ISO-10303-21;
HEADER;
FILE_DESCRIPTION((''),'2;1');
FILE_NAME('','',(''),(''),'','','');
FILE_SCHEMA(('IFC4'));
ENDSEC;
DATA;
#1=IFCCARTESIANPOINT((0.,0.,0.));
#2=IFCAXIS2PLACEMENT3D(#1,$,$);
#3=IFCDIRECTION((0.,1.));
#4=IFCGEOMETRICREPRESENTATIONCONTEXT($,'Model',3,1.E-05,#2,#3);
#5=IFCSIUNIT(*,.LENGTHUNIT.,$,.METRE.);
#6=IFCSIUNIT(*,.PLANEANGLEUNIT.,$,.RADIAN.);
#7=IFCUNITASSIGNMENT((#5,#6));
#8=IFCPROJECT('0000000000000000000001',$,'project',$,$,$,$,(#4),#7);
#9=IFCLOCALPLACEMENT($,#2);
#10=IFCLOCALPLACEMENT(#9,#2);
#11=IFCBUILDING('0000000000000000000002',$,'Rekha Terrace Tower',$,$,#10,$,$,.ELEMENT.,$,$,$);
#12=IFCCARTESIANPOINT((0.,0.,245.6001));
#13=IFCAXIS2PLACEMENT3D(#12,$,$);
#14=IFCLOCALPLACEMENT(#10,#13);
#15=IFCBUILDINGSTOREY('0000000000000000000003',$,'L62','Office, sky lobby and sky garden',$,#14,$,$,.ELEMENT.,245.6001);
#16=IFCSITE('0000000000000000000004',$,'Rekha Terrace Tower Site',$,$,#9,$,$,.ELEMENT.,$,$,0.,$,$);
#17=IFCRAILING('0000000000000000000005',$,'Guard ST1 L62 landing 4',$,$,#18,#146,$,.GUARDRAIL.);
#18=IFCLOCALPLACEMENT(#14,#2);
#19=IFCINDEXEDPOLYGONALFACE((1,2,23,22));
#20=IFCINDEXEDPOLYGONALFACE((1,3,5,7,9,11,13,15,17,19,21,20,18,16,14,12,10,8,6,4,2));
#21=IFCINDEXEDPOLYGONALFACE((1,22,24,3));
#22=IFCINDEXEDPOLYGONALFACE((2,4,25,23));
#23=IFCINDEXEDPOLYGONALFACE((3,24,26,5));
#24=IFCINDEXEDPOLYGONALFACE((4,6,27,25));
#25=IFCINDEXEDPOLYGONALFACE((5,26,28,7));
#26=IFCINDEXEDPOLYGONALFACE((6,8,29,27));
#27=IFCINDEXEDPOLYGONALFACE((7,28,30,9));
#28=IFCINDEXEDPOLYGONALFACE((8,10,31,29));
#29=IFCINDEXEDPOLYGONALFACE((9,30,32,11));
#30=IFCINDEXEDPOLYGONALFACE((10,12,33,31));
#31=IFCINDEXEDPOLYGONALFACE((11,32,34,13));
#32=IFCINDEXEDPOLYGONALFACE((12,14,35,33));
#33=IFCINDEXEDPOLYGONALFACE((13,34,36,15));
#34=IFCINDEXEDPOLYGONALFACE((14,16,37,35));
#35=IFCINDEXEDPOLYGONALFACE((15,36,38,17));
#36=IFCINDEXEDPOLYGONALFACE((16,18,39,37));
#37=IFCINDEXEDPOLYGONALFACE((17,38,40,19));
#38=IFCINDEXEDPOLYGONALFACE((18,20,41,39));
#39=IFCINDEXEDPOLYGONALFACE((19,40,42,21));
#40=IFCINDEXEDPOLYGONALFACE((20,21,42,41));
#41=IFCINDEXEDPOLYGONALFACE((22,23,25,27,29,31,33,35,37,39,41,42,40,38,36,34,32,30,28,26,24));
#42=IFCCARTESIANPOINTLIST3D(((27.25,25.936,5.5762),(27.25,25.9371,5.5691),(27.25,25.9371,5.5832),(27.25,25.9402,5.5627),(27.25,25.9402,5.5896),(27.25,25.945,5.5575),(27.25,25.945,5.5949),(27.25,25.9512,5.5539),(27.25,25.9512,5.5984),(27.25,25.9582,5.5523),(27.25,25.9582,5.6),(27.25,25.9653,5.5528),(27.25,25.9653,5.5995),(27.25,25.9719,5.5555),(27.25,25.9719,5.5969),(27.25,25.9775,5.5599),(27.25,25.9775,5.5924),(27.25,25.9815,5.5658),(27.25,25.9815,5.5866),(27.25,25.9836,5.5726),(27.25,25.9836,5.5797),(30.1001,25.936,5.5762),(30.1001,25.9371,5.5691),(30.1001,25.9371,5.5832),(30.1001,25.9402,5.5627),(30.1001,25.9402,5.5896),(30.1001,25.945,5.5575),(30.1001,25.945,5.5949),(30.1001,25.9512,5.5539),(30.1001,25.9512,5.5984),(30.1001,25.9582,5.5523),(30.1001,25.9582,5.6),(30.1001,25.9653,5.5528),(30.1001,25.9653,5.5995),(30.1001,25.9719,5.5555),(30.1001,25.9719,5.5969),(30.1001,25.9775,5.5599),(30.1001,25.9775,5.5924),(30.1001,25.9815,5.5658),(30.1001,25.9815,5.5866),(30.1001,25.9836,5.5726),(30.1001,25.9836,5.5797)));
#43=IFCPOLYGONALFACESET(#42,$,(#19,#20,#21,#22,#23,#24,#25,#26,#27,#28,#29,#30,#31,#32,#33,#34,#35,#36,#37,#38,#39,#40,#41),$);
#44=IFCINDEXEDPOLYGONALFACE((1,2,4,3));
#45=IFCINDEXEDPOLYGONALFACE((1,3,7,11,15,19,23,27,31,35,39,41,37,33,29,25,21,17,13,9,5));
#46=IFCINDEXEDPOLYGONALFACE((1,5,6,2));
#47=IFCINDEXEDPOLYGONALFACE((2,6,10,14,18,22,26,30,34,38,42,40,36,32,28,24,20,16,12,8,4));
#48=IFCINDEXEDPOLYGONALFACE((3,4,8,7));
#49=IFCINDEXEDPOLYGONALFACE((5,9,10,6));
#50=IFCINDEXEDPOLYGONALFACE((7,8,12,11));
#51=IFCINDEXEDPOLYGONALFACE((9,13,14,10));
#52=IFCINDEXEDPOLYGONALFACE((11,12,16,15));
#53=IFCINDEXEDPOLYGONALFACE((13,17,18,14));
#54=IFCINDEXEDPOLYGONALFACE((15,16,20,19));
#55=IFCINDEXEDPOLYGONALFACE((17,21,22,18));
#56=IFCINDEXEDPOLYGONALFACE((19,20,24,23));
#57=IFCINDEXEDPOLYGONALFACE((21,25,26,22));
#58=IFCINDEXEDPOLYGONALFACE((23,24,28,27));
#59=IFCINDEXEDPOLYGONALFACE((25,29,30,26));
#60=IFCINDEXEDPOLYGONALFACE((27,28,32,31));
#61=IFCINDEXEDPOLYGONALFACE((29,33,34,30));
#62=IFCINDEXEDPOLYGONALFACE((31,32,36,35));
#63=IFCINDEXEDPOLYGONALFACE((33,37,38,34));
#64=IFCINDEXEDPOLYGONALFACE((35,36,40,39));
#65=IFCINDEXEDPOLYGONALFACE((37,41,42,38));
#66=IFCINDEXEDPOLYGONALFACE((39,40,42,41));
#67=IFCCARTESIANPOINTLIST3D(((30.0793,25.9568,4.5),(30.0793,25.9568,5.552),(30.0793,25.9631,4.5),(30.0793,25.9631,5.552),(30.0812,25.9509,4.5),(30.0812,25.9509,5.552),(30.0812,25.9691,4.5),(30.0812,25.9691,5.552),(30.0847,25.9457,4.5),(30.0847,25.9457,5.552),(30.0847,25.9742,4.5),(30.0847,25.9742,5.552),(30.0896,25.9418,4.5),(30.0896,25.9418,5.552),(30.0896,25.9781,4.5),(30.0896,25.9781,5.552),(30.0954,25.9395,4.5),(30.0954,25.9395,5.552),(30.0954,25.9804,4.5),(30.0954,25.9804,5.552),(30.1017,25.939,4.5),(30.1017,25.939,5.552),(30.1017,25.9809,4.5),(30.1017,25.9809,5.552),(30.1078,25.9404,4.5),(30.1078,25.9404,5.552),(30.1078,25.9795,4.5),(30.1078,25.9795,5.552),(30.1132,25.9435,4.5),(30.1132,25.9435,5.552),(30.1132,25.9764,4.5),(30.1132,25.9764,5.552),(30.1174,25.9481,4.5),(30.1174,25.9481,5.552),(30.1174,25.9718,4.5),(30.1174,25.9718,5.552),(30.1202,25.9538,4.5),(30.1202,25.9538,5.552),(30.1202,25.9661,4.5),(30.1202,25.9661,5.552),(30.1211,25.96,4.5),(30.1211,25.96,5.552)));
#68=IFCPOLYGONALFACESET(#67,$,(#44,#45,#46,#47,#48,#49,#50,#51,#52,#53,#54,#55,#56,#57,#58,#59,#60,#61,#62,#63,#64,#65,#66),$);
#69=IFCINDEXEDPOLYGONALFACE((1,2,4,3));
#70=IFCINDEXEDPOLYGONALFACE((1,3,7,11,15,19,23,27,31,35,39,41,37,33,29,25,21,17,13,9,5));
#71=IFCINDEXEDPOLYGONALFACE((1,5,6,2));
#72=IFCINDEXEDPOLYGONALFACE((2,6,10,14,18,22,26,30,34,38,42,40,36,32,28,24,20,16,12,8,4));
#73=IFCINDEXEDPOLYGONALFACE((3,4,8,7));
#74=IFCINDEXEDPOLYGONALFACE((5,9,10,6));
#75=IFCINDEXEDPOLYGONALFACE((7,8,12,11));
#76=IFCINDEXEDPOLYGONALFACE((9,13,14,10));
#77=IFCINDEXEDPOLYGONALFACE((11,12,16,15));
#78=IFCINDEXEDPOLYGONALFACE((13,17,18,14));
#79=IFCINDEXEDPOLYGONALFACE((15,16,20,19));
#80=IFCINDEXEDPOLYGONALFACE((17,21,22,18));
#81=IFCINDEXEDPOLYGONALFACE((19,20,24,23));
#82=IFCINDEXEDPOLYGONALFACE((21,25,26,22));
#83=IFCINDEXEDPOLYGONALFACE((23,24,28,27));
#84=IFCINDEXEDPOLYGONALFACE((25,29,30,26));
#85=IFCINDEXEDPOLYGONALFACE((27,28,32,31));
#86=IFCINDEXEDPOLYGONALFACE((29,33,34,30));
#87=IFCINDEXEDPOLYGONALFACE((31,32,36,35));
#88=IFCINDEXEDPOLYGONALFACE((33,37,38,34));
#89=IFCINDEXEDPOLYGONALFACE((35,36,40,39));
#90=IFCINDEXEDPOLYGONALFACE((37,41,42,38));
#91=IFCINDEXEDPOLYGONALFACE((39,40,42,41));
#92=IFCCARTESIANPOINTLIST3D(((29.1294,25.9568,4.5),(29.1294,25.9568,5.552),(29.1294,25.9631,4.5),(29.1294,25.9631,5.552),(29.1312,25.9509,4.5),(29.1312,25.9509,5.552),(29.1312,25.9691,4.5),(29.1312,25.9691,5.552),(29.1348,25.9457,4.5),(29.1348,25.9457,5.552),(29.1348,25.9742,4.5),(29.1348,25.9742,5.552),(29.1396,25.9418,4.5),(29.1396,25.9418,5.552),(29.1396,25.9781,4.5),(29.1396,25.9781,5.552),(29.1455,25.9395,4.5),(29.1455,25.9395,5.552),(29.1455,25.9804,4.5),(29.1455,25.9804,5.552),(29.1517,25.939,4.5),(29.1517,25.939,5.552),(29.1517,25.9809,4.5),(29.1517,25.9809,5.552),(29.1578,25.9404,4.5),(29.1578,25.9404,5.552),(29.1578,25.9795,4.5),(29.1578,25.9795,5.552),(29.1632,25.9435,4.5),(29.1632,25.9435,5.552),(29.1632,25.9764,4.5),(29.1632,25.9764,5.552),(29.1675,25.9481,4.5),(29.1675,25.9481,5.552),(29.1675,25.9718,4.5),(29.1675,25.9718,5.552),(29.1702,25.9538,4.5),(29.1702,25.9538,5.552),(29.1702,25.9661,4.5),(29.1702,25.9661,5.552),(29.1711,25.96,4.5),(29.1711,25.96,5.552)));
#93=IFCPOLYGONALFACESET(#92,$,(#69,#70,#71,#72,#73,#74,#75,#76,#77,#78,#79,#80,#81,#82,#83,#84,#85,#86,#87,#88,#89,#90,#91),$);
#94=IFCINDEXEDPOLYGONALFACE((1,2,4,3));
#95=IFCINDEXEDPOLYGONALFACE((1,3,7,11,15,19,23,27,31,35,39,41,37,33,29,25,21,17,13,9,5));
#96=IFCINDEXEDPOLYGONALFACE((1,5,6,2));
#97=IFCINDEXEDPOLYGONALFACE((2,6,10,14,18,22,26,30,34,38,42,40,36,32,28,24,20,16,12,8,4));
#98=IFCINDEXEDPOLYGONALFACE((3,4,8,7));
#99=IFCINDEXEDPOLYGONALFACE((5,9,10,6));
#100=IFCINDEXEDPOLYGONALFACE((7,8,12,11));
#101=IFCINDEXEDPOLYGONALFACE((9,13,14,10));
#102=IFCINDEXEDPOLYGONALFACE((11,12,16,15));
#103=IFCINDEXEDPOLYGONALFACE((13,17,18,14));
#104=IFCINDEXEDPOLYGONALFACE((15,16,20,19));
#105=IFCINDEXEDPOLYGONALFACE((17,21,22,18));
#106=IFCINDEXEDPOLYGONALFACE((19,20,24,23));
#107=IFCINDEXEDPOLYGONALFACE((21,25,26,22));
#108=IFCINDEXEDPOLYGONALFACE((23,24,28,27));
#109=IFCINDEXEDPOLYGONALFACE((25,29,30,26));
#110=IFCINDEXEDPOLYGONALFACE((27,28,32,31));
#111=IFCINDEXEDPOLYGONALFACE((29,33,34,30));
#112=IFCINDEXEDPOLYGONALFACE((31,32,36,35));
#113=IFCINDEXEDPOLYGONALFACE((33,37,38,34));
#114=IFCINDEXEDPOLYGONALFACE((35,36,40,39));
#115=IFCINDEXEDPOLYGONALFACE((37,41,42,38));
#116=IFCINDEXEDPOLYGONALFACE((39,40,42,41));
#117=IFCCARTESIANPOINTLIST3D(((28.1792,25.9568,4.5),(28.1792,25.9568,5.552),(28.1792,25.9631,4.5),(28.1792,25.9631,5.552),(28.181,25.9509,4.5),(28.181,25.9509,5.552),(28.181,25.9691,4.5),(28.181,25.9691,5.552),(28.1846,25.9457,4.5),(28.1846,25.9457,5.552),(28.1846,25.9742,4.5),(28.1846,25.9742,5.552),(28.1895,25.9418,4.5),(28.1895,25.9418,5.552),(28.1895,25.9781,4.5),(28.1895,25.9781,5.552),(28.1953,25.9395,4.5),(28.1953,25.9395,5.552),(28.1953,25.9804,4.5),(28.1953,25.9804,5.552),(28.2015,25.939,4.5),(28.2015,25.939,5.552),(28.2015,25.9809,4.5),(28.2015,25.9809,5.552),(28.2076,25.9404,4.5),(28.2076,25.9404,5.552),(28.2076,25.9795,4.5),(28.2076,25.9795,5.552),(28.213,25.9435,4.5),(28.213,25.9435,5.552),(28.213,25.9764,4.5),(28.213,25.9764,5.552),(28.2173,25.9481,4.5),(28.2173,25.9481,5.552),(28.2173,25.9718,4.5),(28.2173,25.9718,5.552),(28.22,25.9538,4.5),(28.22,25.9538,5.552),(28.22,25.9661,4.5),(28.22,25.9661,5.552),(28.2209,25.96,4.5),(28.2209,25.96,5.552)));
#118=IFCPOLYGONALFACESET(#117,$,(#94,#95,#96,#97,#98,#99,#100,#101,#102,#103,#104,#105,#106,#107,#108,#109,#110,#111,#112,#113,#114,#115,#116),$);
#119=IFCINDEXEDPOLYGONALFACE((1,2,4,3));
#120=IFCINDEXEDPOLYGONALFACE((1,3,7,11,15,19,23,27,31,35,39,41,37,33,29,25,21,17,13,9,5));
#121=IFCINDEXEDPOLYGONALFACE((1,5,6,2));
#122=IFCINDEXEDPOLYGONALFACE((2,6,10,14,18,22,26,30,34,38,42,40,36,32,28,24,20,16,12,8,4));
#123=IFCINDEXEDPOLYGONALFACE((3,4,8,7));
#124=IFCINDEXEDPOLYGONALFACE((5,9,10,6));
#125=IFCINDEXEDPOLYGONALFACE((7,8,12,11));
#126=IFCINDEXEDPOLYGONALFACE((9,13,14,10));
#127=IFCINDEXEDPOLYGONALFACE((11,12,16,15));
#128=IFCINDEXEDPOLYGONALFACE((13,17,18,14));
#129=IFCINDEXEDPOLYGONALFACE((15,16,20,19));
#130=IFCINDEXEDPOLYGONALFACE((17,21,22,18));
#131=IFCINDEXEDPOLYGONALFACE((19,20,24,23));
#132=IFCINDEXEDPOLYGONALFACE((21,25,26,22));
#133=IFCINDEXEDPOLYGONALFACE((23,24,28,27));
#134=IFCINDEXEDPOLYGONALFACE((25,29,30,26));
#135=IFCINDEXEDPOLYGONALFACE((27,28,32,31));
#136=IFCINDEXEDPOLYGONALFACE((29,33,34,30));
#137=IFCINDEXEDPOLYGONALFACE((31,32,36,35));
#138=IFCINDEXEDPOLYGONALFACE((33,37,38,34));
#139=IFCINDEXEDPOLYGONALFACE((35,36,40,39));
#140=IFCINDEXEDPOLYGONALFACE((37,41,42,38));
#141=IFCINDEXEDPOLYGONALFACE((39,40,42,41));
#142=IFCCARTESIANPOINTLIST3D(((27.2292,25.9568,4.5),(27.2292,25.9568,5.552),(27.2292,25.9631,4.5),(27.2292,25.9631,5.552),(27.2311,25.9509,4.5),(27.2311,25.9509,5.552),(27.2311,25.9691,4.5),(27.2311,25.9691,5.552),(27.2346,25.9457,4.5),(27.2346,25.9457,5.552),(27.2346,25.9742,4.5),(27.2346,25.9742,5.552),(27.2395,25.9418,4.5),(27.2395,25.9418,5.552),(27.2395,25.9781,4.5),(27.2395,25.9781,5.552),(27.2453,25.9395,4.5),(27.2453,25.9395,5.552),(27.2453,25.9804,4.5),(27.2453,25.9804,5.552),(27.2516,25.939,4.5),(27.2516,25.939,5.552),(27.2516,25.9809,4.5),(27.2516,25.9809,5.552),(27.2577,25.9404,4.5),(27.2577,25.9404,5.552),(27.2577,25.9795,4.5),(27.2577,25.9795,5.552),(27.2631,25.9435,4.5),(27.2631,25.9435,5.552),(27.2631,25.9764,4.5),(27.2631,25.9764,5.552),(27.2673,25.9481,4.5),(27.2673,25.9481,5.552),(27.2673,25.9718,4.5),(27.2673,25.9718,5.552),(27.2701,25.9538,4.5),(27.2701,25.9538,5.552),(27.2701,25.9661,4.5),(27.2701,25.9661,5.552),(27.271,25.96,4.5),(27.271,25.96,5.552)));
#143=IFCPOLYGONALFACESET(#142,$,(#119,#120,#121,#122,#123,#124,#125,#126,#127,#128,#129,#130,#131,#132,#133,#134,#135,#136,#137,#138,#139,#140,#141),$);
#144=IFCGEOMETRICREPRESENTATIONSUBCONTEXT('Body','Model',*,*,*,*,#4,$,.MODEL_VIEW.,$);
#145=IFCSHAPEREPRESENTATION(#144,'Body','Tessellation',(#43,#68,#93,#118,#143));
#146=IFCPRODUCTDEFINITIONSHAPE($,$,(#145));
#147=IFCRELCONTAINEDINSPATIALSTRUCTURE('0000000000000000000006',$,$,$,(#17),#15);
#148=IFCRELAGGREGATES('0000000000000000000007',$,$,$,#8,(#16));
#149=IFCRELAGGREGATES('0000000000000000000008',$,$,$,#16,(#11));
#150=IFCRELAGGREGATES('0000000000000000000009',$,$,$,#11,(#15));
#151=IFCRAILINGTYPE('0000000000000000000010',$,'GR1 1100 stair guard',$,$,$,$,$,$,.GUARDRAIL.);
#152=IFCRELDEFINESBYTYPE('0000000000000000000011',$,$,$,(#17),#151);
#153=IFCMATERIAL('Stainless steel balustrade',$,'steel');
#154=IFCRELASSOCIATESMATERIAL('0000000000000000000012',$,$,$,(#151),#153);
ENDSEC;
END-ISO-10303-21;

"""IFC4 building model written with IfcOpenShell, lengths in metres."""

from ifc_helpers import new_model, si_unit, direction, frame, origin, origin_2d, place, context, subcontext, project, spatial, circle, extrude, material, type_object, element, save


model = new_model("IFC4")

# Units and contexts
model_context = context("Model", 3, precision=1e-05, world=origin(), true_north=direction((0.0, 1.0)))
body_context = subcontext(model_context, "Body", "Model", "MODEL_VIEW")
ifc_project = project(units=[si_unit("LENGTHUNIT", "METRE"), si_unit("PLANEANGLEUNIT", "RADIAN")], contexts=[model_context])

# Site, building, storey
site_placement = place(None, origin())
site = spatial("IfcSite", under=ifc_project, at=site_placement, Name="Rekha Terrace Tower Site", CompositionType="ELEMENT", RefElevation=0.0)
building_placement = place(site_placement, origin())
building = spatial("IfcBuilding", under=site, at=building_placement, Name="Rekha Terrace Tower", CompositionType="ELEMENT")
storey_placement = place(building_placement, frame((0.0, 0.0, 245.6001)))
storey = spatial("IfcBuildingStorey", under=building, at=storey_placement, Name="L62", Description="Office, sky lobby and sky garden", CompositionType="ELEMENT", Elevation=245.6001)

# Railing
ifc_material_1 = material(Name="Stainless steel balustrade", Category="steel")
railing_type_1 = type_object("IfcRailingType", Name="GR1 1100 stair guard", PredefinedType="GUARDRAIL", material=ifc_material_1)
railing_1_placement = place(storey_placement, frame((30.1001, 25.96, 4.5)))
element("IfcRailing", 1, at=railing_1_placement, inside=storey, type_object=railing_type_1, Name="Guard ST1 L62 landing 4", PredefinedType="GUARDRAIL", context=body_context, shape_type="SweptSolid", body=[
    extrude(circle(Radius=0.0239, at=origin_2d()), frame((0.0, 0.0, 1.0762), z_axis=(-1.0, 0.0, 0.0), x_axis=(0.0, -1.0, 0.0)), (0.0, 0.0, 1.0), 2.8501),
    extrude(circle(Radius=0.021, at=origin_2d()), origin(), (0.0, 0.0, 1.0), 1.052),
    extrude(circle(Radius=0.021, at=origin_2d()), frame((-0.95, 0.0, 0.0)), (0.0, 0.0, 1.0), 1.052),
    extrude(circle(Radius=0.021, at=origin_2d()), frame((-1.9001, 0.0, 0.0)), (0.0, 0.0, 1.0), 1.052),
    extrude(circle(Radius=0.021, at=origin_2d()), frame((-2.8501, 0.0, 0.0)), (0.0, 0.0, 1.0), 1.052),
])

save(model, "model.ifc")
